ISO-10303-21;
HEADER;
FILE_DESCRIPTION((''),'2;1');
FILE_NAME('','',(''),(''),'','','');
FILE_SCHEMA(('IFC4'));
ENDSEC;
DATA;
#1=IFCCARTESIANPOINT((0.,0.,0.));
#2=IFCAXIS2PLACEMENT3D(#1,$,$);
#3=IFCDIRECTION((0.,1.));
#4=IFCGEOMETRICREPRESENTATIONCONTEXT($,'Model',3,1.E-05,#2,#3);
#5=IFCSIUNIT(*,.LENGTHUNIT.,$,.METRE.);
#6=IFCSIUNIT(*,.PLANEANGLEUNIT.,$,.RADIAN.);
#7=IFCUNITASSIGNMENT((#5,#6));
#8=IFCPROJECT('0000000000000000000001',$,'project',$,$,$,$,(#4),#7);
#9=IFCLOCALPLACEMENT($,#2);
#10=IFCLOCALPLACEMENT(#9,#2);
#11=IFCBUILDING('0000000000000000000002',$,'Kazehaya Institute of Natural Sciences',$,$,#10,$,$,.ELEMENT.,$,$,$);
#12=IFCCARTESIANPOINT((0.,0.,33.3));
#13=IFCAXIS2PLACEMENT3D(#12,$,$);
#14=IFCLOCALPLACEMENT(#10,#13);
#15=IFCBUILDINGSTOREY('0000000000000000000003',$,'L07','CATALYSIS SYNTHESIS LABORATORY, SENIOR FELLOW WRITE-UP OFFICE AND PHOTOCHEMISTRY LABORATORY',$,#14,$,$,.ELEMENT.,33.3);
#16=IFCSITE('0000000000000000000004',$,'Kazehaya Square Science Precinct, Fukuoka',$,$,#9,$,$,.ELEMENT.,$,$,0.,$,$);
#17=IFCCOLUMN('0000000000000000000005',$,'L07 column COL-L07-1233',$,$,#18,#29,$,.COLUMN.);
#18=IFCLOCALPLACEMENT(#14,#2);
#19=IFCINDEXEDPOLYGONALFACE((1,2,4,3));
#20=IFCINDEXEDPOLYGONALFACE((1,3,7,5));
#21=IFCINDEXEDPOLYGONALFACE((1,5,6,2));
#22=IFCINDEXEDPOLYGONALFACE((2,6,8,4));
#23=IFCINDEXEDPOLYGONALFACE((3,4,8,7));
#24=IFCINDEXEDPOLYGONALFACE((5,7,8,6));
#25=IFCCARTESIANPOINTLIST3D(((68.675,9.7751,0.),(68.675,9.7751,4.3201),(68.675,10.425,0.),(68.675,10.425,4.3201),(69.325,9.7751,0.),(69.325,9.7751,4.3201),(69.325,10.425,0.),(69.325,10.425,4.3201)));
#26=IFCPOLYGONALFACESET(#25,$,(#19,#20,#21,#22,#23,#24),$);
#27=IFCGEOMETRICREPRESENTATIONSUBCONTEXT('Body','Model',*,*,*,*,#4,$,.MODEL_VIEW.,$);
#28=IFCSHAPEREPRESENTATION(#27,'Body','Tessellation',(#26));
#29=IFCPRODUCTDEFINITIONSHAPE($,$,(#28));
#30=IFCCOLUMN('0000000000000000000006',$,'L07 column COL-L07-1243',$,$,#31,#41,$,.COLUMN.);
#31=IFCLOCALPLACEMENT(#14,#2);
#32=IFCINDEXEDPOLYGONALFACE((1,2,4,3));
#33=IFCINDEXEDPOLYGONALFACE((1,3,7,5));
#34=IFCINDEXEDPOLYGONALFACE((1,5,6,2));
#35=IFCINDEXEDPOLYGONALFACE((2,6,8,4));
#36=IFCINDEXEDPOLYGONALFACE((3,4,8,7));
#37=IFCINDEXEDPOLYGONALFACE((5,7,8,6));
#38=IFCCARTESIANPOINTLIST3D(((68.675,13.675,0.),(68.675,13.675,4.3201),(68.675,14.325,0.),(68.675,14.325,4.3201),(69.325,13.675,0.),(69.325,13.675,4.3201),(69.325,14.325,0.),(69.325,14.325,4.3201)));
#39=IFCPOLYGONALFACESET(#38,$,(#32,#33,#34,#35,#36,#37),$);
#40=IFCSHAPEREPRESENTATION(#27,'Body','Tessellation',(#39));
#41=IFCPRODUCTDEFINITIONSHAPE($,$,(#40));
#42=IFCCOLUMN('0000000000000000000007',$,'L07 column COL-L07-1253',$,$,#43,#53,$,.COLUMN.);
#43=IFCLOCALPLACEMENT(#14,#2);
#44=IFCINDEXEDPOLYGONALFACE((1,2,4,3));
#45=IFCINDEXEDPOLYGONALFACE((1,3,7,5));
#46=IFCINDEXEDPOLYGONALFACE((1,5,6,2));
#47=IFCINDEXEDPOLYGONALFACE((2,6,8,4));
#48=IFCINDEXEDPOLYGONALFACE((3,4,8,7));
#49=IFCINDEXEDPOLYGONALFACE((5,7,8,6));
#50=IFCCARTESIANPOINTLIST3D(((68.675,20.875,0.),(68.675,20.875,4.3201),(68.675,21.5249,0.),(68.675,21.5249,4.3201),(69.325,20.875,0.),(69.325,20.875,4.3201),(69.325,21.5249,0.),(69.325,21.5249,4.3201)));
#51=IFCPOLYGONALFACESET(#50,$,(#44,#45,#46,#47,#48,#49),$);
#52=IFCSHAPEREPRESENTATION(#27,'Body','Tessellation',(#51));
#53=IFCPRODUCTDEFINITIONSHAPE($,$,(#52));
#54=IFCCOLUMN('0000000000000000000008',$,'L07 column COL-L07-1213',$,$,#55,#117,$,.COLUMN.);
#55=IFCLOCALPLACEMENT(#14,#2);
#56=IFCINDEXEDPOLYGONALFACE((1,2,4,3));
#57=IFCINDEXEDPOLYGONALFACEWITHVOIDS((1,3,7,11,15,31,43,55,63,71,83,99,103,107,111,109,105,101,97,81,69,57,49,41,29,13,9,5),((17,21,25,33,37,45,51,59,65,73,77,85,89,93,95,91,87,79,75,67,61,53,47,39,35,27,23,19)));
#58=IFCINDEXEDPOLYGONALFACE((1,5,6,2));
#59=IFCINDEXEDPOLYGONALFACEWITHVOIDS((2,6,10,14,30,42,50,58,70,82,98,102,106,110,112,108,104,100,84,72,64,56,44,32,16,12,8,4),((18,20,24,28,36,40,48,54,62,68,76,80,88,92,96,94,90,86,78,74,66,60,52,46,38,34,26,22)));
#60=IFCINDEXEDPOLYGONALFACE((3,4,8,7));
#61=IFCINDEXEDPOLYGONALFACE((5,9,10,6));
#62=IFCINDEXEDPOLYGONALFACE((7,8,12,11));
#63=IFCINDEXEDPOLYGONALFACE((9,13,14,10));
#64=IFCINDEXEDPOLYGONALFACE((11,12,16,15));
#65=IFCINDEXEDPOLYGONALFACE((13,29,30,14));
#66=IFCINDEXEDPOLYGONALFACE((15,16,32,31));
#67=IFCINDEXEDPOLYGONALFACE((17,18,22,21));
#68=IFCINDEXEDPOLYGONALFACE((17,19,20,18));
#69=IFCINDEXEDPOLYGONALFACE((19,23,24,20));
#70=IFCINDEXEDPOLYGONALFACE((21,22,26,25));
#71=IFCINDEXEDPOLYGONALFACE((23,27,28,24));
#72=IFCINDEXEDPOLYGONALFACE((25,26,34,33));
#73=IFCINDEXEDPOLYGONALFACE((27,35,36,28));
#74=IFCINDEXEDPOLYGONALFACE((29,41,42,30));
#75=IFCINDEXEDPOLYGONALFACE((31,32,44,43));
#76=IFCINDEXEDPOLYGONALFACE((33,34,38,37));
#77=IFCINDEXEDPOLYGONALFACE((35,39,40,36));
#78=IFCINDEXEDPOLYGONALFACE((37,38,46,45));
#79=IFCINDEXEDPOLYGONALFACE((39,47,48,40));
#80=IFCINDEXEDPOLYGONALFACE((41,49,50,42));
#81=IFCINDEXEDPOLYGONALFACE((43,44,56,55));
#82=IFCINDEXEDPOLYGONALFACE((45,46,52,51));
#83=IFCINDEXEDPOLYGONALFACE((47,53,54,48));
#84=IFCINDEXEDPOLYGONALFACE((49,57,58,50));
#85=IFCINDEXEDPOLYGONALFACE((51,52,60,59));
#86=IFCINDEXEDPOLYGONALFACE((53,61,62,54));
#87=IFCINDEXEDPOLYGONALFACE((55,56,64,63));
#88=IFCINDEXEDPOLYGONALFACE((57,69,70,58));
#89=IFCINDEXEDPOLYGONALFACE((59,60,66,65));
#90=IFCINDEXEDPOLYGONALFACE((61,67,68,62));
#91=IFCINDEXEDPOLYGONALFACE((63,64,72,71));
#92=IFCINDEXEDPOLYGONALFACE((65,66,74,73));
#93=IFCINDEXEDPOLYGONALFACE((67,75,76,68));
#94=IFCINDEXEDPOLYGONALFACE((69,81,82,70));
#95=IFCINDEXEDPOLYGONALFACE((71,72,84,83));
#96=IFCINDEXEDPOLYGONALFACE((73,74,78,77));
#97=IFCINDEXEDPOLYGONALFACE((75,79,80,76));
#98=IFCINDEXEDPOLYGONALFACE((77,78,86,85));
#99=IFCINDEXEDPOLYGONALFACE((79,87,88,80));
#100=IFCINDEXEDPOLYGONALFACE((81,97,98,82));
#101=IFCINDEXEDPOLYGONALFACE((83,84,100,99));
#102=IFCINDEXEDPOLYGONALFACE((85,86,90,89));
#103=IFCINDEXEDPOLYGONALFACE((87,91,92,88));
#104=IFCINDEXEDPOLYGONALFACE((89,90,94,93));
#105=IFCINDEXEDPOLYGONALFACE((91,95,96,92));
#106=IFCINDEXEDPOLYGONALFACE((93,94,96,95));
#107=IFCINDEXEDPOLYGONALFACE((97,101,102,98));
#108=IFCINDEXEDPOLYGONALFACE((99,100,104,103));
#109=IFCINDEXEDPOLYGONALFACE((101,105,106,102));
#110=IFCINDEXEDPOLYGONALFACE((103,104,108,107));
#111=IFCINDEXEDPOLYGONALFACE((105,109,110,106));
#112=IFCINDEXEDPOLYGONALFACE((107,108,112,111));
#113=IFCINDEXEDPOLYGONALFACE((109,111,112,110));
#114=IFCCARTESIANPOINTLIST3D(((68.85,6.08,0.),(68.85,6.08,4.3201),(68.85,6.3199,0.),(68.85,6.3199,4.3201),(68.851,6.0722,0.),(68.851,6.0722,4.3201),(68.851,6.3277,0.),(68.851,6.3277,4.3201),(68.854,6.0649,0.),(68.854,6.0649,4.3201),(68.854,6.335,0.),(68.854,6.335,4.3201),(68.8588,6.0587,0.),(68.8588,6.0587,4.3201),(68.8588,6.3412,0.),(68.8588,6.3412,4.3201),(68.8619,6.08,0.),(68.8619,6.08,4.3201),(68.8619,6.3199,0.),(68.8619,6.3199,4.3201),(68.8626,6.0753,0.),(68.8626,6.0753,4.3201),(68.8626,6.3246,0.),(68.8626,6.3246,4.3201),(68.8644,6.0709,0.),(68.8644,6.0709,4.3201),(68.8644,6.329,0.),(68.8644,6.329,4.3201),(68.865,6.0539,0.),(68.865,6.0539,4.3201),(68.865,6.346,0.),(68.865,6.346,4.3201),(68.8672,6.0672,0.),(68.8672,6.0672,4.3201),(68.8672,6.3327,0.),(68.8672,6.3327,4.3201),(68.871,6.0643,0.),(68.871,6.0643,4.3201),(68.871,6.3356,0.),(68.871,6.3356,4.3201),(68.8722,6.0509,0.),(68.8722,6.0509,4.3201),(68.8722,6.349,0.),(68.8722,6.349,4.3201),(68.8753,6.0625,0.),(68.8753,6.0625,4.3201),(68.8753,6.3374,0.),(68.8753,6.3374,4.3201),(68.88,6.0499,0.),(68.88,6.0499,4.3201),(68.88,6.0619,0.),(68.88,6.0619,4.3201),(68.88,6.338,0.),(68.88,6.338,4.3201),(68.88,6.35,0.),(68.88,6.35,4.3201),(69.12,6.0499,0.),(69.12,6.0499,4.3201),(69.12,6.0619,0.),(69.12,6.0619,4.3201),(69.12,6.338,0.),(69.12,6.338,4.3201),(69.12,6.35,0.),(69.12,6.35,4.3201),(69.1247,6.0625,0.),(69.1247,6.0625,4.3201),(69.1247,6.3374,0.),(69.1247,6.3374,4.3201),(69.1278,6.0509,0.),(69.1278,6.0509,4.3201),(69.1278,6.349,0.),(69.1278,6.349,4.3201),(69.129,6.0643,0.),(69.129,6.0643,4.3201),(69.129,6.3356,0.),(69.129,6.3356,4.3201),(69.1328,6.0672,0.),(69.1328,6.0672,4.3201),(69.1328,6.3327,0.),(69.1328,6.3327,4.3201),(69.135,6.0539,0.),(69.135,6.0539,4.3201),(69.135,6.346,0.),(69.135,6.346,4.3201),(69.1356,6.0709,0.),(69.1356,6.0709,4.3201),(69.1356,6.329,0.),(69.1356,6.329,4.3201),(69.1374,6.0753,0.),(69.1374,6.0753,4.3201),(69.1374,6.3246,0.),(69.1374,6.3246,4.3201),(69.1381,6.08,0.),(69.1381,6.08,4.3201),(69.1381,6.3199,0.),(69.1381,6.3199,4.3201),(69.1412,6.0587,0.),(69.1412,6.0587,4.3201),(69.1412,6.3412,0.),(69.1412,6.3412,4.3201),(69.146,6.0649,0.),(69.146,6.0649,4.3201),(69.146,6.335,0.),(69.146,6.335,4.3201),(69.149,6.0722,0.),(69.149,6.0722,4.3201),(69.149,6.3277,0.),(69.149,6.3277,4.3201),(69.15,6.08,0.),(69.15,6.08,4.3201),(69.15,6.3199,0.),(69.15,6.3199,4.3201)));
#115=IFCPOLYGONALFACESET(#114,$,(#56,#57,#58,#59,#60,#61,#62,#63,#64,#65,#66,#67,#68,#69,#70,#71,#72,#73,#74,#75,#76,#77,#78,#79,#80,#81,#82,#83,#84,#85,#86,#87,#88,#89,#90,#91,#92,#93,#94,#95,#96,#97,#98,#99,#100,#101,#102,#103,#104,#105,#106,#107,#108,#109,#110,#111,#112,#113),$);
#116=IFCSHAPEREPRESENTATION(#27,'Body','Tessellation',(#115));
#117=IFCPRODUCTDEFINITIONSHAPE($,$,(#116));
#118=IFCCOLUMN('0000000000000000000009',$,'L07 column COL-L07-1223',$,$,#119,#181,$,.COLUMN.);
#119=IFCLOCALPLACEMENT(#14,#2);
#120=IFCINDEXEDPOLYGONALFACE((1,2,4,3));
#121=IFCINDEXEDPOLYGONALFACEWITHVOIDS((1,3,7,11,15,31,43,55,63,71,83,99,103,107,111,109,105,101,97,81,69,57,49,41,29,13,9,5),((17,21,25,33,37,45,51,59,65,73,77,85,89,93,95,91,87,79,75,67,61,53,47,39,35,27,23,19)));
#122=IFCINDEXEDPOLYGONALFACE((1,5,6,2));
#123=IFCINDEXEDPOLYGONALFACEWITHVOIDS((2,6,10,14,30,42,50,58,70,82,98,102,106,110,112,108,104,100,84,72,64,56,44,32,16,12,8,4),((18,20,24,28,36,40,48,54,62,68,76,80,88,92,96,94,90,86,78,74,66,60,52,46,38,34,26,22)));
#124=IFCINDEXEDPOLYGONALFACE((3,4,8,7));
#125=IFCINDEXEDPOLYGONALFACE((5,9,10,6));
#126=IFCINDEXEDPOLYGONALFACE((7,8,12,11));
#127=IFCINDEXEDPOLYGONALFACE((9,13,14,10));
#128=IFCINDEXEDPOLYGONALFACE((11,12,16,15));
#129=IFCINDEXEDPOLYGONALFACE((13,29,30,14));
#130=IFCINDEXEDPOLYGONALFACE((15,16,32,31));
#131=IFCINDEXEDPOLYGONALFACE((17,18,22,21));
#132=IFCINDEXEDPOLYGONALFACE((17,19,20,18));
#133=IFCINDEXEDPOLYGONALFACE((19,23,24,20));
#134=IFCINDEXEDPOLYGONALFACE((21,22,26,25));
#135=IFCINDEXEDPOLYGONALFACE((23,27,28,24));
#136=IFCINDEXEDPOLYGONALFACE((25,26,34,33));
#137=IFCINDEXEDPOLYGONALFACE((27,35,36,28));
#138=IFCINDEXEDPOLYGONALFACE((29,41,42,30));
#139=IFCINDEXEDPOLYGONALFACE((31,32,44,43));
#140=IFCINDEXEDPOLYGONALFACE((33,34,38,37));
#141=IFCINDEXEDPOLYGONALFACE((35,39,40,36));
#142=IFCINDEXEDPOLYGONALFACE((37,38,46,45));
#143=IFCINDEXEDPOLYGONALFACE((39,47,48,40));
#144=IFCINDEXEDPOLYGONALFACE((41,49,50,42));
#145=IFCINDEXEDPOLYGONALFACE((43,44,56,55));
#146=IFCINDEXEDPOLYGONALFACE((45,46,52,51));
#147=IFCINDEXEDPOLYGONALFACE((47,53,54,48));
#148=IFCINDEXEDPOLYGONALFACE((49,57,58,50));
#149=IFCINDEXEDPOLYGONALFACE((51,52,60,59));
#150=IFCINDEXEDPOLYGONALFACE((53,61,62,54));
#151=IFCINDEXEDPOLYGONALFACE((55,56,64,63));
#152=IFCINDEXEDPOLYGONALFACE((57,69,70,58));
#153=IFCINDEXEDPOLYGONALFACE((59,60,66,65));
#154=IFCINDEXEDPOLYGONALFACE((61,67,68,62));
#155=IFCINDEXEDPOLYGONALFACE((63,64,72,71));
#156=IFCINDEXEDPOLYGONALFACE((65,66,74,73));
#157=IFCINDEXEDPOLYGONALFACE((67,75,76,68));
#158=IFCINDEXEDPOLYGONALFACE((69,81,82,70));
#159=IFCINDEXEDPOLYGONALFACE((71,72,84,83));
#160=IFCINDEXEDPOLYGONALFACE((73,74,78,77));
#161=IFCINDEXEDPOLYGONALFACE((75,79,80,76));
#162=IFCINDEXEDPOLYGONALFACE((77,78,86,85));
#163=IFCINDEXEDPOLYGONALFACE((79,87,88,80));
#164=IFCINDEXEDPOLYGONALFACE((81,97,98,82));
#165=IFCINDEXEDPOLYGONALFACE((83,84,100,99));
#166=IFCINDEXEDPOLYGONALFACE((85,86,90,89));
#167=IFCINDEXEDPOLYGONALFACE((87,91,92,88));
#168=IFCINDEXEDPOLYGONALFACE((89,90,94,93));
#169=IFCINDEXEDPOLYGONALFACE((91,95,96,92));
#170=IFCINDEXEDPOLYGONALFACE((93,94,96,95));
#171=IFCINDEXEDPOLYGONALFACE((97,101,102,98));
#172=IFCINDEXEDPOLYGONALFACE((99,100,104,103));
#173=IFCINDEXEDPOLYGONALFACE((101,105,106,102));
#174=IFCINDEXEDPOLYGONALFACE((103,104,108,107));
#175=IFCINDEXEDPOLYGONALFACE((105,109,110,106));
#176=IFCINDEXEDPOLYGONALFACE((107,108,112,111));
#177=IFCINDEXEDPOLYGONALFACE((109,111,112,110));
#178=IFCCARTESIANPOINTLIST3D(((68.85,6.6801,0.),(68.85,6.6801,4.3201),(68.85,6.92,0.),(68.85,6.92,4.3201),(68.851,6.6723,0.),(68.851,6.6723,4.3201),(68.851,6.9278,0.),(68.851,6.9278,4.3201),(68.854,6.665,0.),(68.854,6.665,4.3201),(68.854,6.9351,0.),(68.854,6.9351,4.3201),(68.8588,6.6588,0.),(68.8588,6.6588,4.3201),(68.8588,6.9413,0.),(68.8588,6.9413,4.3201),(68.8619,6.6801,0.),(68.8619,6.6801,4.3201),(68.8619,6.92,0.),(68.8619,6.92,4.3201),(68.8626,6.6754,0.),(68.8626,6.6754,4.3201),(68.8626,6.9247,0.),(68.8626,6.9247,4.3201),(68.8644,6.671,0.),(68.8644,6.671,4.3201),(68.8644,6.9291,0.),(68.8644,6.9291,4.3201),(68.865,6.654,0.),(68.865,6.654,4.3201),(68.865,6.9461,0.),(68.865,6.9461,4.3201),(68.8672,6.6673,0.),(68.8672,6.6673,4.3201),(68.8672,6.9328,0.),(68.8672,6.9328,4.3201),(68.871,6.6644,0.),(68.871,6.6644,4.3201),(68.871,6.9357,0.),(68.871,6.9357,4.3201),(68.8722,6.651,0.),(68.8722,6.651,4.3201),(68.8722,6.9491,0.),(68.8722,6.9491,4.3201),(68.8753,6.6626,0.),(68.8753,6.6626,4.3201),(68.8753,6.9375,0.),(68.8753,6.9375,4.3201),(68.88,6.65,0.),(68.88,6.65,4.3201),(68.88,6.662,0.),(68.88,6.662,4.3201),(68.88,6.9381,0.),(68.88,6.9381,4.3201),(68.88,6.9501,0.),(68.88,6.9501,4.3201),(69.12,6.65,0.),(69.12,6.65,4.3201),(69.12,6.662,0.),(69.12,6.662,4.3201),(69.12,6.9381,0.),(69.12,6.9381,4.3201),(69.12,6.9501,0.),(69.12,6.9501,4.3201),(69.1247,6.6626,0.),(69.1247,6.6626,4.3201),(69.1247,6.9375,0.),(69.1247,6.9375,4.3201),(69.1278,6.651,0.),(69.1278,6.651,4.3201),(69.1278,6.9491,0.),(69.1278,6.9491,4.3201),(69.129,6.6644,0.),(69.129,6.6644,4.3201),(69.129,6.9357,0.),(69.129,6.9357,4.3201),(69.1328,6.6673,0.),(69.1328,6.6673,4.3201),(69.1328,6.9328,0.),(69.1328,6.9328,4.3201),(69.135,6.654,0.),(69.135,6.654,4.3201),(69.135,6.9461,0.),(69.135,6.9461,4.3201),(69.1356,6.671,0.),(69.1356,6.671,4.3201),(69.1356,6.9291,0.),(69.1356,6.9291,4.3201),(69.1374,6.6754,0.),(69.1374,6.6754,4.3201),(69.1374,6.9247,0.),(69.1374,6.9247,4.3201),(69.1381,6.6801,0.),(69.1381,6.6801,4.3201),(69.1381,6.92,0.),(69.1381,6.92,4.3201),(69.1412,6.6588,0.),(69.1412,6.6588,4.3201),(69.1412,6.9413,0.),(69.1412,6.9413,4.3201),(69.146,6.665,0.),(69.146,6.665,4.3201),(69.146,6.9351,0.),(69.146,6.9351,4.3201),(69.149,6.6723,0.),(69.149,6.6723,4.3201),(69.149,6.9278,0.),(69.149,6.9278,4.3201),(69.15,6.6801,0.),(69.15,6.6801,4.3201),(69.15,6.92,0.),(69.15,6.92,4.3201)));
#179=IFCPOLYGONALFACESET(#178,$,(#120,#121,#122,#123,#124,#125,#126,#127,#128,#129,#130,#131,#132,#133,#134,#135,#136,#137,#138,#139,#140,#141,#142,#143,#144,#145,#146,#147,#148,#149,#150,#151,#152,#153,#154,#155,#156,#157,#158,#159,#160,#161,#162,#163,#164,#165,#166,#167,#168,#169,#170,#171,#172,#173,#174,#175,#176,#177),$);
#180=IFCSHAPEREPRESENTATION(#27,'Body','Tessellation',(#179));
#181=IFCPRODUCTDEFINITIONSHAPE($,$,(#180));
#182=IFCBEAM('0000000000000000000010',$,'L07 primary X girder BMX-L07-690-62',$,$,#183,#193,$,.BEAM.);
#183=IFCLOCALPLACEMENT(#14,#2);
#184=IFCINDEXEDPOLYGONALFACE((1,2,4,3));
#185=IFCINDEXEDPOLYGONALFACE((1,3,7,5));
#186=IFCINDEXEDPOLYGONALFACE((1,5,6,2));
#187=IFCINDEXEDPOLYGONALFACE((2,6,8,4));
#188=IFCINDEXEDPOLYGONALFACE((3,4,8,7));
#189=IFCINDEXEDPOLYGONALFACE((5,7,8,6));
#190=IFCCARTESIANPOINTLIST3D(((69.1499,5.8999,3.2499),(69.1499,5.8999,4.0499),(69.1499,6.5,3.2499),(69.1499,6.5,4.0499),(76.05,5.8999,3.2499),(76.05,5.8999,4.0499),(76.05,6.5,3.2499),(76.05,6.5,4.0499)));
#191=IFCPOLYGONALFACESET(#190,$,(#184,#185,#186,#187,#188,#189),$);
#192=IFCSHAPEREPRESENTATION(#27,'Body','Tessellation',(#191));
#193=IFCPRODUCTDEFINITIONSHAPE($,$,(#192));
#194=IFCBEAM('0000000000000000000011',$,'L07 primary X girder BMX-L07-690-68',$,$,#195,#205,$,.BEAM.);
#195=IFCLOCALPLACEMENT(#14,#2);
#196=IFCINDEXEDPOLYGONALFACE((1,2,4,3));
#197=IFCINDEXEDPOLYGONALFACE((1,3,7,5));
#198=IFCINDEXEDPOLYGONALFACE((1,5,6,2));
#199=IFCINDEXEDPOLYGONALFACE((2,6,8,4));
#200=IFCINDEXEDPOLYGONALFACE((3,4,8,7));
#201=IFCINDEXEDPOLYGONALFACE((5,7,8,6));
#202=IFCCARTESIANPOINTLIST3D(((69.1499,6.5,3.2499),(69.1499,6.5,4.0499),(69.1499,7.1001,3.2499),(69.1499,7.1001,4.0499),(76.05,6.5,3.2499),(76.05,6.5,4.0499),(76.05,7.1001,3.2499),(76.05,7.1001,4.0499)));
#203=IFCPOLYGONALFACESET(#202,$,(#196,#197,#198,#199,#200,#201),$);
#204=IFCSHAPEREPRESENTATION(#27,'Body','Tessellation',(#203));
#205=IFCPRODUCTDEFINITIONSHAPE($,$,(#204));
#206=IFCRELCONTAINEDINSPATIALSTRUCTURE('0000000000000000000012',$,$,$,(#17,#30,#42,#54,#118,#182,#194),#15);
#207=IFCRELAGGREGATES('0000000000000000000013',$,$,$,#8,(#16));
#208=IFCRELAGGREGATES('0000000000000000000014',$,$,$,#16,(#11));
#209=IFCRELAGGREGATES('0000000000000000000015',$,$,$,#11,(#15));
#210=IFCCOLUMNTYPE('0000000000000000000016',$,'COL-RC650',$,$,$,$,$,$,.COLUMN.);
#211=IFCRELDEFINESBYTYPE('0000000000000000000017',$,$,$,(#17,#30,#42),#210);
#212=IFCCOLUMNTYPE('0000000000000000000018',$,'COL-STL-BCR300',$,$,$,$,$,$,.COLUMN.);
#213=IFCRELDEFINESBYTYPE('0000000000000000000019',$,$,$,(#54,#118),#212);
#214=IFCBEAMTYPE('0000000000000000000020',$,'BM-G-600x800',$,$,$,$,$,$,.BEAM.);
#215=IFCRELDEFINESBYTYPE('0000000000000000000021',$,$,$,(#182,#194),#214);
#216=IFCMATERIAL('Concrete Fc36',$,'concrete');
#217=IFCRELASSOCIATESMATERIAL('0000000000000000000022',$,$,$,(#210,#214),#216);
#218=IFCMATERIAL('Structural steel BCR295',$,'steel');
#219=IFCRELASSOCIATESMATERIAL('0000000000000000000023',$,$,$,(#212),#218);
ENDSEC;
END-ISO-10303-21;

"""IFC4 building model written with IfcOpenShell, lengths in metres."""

from ifc_helpers import new_model, si_unit, direction, frame, origin, origin_2d, place, context, subcontext, project, spatial, rectangle, hollow_rectangle, extrude, material, material_profile, profile_set, type_object, element, save


model = new_model("IFC4")

# Units and contexts
model_context = context("Model", 3, precision=1e-05, world=origin(), true_north=direction((0.0, 1.0)))
body_context = subcontext(model_context, "Body", "Model", "MODEL_VIEW")
ifc_project = project(units=[si_unit("LENGTHUNIT", "METRE"), si_unit("PLANEANGLEUNIT", "RADIAN")], contexts=[model_context])

# Site, building, storey
site_placement = place(None, origin())
site = spatial("IfcSite", under=ifc_project, at=site_placement, Name="Kazehaya Square Science Precinct, Fukuoka", CompositionType="ELEMENT", RefElevation=0.0)
building_placement = place(site_placement, origin())
building = spatial("IfcBuilding", under=site, at=building_placement, Name="Kazehaya Institute of Natural Sciences", CompositionType="ELEMENT")
storey_placement = place(building_placement, frame((0.0, 0.0, 33.3)))
storey = spatial("IfcBuildingStorey", under=building, at=storey_placement, Name="L07", Description="CATALYSIS SYNTHESIS LABORATORY, SENIOR FELLOW WRITE-UP OFFICE AND PHOTOCHEMISTRY LABORATORY", CompositionType="ELEMENT", Elevation=33.3)

# Columns
ifc_material_1 = material(Name="Concrete Fc36", Category="concrete")
ifc_material_profile_1 = material_profile(ifc_material_1, rectangle(XDim=0.6499, YDim=0.6499, at=origin_2d()), Name="RC-650x650")
ifc_profile_set_1 = profile_set([ifc_material_profile_1], Name="Concrete Fc36")
column_type_1 = type_object("IfcColumnType", Name="COL-RC650", PredefinedType="COLUMN", material=ifc_profile_set_1)
for number, where, z_axis, x_axis, name in (
    (1, (69.0, 10.1001, 0.0), (0.0, 0.0, 1.0), (1.0, 0.0, 0.0), "L07 column COL-L07-1233"),
    (2, (69.0, 14.0, 0.0), (0.0, 0.0, 1.0), (1.0, 0.0, 0.0), "L07 column COL-L07-1243"),
    (3, (69.0, 21.2, 0.0), (0.0, 0.0, 1.0), (1.0, 0.0, 0.0), "L07 column COL-L07-1253"),
):
    element("IfcColumn", number, at=place(storey_placement, frame(where, z_axis=z_axis, x_axis=x_axis)), inside=storey, type_object=column_type_1, Name=name, PredefinedType="COLUMN", context=body_context, shape_type="SweptSolid", body=[
        extrude(rectangle(XDim=0.6499, YDim=0.6499, at=origin_2d()), origin(), (0.0, 0.0, 1.0), 4.3201),
    ])
ifc_material_2 = material(Name="Structural steel BCR295", Category="steel")
ifc_material_profile_2 = material_profile(ifc_material_2, hollow_rectangle(XDim=0.3, YDim=0.3, WallThickness=0.012, InnerFilletRadius=0.0181, OuterFilletRadius=0.03, at=origin_2d()), Name="BCR-300x300x12")
ifc_profile_set_2 = profile_set([ifc_material_profile_2], Name="Structural steel BCR295")
column_type_2 = type_object("IfcColumnType", Name="COL-STL-BCR300", PredefinedType="COLUMN", material=ifc_profile_set_2)
for number, where, z_axis, x_axis, name in (
    (4, (69.0, 6.2, 0.0), (0.0, 0.0, 1.0), (1.0, 0.0, 0.0), "L07 column COL-L07-1213"),
    (5, (69.0, 6.8, 0.0), (0.0, 0.0, 1.0), (1.0, 0.0, 0.0), "L07 column COL-L07-1223"),
):
    element("IfcColumn", number, at=place(storey_placement, frame(where, z_axis=z_axis, x_axis=x_axis)), inside=storey, type_object=column_type_2, Name=name, PredefinedType="COLUMN", context=body_context, shape_type="SweptSolid", body=[
        extrude(hollow_rectangle(XDim=0.3, YDim=0.3, WallThickness=0.012, InnerFilletRadius=0.0181, OuterFilletRadius=0.03, at=origin_2d()), origin(), (0.0, 0.0, 1.0), 4.3201),
    ])

# Beams
ifc_material_profile_3 = material_profile(ifc_material_1, rectangle(XDim=0.6001, YDim=0.8, at=origin_2d()), Name="RC-600x800")
ifc_profile_set_3 = profile_set([ifc_material_profile_3], Name="Concrete Fc36")
beam_type = type_object("IfcBeamType", Name="BM-G-600x800", PredefinedType="BEAM", material=ifc_profile_set_3)
for number, where, z_axis, x_axis, name in (
    (6, (69.1499, 6.2, 3.6499), (1.0, 0.0, 0.0), (0.0, 1.0, 0.0), "L07 primary X girder BMX-L07-690-62"),
    (7, (69.1499, 6.8, 3.6499), (1.0, 0.0, 0.0), (0.0, 1.0, 0.0), "L07 primary X girder BMX-L07-690-68"),
):
    element("IfcBeam", number, at=place(storey_placement, frame(where, z_axis=z_axis, x_axis=x_axis)), inside=storey, type_object=beam_type, Name=name, PredefinedType="BEAM", context=body_context, shape_type="SweptSolid", body=[
        extrude(rectangle(XDim=0.6001, YDim=0.8, at=origin_2d()), origin(), (0.0, 0.0, 1.0), 6.9001),
    ])

save(model, "model.ifc")
